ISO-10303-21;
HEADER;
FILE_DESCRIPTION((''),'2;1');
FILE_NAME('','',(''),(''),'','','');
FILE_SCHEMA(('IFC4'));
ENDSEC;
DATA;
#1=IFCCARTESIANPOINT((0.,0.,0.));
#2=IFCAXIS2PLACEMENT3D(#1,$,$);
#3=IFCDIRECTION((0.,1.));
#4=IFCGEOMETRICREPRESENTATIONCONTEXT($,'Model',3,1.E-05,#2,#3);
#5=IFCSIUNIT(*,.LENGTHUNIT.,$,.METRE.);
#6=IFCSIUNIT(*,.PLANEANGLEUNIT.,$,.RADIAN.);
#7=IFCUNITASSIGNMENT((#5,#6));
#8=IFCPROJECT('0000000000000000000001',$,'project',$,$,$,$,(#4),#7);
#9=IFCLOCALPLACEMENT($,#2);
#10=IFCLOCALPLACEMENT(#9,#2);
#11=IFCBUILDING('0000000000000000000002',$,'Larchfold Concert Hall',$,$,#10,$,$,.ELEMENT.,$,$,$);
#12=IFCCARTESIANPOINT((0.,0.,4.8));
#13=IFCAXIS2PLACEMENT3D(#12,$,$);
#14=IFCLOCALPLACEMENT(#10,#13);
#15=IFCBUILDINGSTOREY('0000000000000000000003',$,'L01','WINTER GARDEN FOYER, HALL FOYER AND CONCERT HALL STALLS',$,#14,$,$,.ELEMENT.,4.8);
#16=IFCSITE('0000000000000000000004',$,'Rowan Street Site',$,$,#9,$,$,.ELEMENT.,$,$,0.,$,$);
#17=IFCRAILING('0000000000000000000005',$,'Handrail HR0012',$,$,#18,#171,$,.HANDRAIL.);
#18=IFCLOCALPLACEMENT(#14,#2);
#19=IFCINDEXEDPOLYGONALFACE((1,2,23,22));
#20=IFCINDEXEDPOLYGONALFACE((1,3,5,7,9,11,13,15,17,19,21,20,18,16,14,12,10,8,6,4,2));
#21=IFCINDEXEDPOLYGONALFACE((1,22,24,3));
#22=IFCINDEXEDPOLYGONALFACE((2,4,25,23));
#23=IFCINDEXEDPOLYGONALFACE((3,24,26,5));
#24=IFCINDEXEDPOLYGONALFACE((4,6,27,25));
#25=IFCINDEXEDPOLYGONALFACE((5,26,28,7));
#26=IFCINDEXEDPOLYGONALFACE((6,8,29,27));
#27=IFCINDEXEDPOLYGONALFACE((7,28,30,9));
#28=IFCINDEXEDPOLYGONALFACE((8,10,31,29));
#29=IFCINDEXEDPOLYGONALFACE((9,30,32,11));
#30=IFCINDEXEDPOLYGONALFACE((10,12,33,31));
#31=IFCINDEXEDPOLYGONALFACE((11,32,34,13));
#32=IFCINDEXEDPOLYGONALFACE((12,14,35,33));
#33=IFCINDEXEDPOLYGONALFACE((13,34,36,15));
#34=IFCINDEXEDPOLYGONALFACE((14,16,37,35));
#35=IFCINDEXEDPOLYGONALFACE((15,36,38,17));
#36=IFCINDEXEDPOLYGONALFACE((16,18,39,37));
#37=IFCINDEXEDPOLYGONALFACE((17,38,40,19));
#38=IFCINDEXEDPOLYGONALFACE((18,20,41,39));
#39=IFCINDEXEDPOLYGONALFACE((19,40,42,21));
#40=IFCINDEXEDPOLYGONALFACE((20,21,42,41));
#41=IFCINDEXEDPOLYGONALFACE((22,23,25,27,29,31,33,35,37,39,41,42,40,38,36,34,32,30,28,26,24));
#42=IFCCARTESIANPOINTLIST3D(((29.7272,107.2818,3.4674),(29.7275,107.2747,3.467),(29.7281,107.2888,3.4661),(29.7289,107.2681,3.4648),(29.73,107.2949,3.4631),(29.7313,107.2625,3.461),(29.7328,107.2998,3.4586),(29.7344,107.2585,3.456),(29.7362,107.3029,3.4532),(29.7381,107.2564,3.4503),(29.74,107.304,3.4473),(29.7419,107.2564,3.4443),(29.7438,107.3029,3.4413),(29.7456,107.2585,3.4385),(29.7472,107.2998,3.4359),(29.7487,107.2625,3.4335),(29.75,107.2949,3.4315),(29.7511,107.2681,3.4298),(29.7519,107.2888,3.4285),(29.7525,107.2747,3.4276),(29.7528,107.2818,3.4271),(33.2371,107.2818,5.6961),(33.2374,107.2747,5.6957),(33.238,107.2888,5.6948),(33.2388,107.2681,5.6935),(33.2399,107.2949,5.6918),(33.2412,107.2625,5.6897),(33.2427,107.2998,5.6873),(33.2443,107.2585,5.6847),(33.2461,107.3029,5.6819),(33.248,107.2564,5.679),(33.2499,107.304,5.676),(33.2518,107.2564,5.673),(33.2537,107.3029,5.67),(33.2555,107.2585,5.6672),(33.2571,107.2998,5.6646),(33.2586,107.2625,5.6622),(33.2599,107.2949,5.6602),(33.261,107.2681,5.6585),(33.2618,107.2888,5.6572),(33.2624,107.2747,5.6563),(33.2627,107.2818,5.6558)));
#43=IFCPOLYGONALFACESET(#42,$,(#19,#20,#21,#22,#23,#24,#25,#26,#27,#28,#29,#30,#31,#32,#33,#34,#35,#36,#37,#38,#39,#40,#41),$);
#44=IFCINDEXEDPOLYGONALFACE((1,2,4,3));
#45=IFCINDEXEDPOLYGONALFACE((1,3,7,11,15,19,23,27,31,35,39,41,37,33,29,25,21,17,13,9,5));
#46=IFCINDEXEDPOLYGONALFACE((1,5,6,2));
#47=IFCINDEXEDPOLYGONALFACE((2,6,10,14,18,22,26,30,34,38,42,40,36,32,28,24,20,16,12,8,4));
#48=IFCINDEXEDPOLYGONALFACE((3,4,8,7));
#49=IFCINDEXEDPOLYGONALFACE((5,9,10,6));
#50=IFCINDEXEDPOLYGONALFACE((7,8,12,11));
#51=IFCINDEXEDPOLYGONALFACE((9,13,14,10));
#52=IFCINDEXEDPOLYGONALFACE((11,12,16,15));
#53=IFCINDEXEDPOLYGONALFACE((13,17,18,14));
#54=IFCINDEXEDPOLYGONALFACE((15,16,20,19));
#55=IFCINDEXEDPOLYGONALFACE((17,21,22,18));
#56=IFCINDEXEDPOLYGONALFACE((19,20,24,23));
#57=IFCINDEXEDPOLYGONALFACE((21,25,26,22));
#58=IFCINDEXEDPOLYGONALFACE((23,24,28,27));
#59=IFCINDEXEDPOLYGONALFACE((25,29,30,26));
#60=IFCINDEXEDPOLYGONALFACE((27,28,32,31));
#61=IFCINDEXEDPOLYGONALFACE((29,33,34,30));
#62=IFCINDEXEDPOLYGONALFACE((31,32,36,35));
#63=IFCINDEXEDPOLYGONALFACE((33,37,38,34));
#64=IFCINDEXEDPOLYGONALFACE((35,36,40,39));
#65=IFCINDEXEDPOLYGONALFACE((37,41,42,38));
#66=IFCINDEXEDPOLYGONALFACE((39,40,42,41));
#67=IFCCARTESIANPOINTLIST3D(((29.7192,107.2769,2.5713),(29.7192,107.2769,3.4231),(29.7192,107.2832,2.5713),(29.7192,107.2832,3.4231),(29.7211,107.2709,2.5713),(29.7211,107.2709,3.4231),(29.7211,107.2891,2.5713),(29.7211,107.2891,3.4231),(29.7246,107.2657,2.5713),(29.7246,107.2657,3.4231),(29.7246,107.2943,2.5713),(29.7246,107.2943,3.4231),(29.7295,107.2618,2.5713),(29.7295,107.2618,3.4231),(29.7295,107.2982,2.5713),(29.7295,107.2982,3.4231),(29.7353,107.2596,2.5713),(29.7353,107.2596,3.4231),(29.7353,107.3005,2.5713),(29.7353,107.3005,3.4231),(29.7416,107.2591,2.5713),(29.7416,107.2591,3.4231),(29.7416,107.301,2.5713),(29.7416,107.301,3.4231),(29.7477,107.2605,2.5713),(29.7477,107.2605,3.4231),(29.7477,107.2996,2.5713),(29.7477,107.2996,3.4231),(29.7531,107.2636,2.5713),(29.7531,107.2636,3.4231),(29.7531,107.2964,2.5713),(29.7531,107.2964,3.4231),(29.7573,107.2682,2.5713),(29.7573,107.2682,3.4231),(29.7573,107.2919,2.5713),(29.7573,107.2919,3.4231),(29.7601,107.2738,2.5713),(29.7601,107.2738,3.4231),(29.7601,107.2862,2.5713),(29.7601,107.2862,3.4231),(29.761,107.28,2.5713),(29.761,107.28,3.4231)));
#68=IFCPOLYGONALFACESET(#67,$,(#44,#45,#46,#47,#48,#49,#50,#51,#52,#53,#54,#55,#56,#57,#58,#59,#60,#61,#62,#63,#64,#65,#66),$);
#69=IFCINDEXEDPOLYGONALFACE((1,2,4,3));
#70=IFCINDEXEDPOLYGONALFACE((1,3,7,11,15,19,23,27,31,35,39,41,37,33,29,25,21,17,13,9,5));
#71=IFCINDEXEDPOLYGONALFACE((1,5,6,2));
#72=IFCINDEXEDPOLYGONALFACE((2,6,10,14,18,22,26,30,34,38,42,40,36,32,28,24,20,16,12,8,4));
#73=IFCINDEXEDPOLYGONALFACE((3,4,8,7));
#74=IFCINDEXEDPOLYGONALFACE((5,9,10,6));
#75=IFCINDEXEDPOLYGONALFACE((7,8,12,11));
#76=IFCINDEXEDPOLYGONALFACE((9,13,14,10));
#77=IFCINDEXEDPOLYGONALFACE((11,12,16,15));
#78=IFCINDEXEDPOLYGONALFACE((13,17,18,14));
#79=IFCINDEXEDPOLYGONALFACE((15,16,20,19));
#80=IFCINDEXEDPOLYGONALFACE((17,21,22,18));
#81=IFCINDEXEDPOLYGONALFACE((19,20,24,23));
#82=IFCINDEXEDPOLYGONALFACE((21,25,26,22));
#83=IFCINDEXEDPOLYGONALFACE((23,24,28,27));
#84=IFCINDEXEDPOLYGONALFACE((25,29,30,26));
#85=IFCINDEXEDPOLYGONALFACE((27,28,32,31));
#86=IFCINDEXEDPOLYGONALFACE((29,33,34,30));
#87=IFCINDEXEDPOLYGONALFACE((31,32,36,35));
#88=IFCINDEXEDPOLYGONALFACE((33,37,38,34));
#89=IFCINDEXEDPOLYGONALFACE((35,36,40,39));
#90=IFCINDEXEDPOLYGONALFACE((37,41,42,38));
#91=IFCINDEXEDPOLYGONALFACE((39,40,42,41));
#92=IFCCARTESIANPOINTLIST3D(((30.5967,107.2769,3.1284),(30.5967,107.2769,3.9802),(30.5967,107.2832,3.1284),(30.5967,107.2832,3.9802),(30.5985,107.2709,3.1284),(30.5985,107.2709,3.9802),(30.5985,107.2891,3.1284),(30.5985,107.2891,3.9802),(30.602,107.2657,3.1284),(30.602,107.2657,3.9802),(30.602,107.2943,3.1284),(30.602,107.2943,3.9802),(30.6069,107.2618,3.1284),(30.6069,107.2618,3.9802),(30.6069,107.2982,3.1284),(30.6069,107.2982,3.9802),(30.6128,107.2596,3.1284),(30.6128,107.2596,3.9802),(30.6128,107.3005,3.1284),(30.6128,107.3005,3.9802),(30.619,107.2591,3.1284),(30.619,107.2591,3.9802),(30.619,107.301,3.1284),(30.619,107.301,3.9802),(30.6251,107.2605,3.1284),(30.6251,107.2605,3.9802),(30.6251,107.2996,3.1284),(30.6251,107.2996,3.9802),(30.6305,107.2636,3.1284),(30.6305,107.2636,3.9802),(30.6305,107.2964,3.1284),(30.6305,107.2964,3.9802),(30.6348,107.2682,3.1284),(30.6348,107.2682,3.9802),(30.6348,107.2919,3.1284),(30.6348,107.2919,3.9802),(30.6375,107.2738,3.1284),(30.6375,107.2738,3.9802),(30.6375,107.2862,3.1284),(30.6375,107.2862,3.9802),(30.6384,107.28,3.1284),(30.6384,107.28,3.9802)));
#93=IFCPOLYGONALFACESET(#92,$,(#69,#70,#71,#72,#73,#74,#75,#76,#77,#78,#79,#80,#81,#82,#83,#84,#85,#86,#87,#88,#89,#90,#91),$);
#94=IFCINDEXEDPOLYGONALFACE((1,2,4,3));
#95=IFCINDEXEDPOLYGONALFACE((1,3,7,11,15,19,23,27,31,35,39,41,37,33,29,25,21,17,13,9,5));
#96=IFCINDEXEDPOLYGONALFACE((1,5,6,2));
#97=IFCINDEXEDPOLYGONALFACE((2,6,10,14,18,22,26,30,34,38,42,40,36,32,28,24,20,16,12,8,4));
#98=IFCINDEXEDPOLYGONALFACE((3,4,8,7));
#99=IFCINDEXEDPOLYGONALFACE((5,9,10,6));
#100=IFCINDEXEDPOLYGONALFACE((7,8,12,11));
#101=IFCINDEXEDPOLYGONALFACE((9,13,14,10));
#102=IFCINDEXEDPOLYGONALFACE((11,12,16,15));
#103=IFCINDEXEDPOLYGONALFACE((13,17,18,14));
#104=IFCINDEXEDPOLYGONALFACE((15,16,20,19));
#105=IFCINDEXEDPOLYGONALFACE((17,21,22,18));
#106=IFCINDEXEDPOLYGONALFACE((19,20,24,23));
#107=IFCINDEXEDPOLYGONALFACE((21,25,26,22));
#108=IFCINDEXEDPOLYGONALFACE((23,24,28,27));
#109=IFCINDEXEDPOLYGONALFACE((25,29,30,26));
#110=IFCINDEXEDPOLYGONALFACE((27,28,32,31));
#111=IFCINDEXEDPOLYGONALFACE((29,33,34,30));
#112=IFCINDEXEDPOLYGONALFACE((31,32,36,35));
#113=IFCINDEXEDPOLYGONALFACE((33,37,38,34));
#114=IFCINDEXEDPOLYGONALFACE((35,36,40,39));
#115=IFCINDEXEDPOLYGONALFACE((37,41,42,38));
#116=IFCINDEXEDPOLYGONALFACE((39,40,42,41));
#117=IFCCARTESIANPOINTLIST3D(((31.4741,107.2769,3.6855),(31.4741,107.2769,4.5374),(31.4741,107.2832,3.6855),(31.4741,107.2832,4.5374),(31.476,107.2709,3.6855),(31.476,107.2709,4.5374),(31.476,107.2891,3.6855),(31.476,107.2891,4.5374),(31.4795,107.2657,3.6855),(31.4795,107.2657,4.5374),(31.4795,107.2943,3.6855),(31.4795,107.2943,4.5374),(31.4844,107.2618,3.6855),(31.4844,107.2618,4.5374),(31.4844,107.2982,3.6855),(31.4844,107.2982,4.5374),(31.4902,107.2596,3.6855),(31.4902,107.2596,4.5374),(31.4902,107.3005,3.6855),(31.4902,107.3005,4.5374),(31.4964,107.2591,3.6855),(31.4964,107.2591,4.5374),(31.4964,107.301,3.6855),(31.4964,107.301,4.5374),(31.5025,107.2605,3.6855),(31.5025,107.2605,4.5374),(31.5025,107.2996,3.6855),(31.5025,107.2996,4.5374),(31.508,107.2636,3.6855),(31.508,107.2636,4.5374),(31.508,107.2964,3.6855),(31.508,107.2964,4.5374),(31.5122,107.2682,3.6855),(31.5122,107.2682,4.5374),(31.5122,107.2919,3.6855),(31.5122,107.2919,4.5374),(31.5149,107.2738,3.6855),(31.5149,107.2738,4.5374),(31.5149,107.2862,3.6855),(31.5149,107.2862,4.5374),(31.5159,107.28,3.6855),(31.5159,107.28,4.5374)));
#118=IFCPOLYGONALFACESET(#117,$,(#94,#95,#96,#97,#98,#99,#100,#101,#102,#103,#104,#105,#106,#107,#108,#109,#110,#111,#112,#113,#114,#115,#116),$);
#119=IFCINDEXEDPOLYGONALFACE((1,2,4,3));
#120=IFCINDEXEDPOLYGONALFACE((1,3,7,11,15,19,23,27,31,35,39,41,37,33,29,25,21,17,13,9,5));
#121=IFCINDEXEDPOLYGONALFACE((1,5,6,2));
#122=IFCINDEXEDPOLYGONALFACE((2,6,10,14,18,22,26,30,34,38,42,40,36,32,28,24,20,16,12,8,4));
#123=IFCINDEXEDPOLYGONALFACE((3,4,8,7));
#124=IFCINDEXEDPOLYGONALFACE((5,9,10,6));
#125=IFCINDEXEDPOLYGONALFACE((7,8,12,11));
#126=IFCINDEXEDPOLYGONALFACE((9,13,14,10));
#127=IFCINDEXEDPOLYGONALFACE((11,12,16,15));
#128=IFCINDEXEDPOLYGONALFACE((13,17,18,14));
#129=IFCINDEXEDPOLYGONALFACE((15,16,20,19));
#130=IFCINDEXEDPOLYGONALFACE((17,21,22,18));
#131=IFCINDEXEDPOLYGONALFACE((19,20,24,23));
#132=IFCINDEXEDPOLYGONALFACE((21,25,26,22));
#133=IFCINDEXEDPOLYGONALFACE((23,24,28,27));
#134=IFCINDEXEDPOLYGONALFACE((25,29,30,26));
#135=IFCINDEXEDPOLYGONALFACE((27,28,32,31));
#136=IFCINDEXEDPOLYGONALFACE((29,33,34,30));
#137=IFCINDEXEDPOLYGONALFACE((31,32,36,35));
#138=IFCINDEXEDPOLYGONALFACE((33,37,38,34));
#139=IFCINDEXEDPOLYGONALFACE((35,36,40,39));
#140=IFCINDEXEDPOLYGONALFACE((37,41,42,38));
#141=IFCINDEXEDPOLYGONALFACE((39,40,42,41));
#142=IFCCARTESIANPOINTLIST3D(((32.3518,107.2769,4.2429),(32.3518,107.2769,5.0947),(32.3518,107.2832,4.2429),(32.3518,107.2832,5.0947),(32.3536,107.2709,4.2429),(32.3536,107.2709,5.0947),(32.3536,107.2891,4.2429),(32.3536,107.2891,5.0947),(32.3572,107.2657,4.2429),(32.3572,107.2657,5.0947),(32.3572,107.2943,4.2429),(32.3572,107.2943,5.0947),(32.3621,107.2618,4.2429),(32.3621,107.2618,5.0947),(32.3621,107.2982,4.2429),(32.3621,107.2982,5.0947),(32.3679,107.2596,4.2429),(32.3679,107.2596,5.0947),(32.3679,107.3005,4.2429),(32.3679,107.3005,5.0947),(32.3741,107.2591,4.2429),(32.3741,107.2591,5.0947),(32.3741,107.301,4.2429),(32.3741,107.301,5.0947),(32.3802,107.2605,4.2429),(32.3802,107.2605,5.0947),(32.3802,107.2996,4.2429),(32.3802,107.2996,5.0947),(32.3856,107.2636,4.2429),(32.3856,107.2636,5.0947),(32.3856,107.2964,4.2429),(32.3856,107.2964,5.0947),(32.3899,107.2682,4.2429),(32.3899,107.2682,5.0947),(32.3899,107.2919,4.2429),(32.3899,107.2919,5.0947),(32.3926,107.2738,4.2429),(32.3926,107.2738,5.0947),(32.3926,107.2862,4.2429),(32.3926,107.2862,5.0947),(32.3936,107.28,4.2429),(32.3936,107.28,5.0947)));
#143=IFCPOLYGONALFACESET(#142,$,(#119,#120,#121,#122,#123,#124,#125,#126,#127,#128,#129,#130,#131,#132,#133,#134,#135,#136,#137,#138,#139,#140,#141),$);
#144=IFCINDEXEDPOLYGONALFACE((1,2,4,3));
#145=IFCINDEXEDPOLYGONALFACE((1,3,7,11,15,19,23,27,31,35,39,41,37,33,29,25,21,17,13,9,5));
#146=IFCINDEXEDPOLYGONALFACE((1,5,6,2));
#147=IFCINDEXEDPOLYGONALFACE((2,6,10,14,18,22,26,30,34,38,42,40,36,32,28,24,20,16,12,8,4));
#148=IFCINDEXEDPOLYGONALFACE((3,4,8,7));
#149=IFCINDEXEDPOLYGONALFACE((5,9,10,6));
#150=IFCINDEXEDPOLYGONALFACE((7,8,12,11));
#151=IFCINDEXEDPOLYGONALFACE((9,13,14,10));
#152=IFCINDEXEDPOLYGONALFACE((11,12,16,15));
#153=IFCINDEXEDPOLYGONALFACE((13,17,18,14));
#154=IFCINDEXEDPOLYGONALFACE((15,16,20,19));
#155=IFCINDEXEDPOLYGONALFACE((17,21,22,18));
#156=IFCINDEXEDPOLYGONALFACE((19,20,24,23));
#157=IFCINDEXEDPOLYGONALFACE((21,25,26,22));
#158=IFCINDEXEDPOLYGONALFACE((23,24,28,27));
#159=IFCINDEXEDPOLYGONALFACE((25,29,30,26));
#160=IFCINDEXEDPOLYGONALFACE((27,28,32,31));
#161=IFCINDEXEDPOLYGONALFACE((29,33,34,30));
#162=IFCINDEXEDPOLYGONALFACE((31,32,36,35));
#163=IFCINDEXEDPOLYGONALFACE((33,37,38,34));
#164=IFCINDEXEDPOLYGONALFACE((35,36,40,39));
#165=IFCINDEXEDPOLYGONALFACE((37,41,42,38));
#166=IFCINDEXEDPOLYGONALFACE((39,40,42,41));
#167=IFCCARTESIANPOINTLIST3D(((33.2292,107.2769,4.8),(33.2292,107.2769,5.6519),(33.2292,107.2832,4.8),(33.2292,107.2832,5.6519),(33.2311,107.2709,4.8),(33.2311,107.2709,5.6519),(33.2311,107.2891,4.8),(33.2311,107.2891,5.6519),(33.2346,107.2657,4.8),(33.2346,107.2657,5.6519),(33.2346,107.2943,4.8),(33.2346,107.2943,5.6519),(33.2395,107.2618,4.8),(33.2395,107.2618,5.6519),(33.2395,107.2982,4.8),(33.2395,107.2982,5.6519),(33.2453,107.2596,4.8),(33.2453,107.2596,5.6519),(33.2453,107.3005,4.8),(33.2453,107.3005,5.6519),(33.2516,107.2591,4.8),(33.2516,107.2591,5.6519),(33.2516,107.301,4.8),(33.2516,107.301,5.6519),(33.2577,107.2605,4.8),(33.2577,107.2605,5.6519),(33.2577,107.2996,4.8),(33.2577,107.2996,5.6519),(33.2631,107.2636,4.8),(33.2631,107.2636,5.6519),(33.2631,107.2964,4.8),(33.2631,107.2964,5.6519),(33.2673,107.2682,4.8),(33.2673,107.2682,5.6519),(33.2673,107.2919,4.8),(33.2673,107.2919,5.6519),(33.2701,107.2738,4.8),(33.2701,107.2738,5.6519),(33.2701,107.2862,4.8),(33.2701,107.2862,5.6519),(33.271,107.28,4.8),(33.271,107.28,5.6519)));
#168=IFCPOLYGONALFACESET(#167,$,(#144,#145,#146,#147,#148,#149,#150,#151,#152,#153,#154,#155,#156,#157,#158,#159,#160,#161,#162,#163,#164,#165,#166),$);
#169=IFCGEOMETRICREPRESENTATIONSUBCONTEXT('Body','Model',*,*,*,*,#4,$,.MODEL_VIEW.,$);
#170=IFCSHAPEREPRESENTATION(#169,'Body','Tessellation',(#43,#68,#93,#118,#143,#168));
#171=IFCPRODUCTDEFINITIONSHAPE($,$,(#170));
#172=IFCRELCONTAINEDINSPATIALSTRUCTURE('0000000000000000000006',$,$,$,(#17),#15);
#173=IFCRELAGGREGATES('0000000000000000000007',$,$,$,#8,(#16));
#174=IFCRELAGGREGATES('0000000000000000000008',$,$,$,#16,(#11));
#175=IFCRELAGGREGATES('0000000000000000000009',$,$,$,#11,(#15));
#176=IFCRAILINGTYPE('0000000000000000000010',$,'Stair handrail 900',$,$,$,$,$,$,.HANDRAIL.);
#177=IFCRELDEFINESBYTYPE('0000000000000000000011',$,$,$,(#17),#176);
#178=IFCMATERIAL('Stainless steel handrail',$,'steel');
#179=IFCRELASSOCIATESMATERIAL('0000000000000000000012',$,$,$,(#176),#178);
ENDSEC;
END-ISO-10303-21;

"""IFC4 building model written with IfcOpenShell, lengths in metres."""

from ifc_helpers import new_model, si_unit, direction, frame, origin, origin_2d, place, context, subcontext, project, spatial, circle, extrude, material, type_object, element, save


model = new_model("IFC4")

# Units and contexts
model_context = context("Model", 3, precision=1e-05, world=origin(), true_north=direction((0.0, 1.0)))
body_context = subcontext(model_context, "Body", "Model", "MODEL_VIEW")
ifc_project = project(units=[si_unit("LENGTHUNIT", "METRE"), si_unit("PLANEANGLEUNIT", "RADIAN")], contexts=[model_context])

# Site, building, storey
site_placement = place(None, origin())
site = spatial("IfcSite", under=ifc_project, at=site_placement, Name="Rowan Street Site", CompositionType="ELEMENT", RefElevation=0.0)
building_placement = place(site_placement, origin())
building = spatial("IfcBuilding", under=site, at=building_placement, Name="Larchfold Concert Hall", CompositionType="ELEMENT")
storey_placement = place(building_placement, frame((0.0, 0.0, 4.8)))
storey = spatial("IfcBuildingStorey", under=building, at=storey_placement, Name="L01", Description="WINTER GARDEN FOYER, HALL FOYER AND CONCERT HALL STALLS", CompositionType="ELEMENT", Elevation=4.8)

# Railing
ifc_material_1 = material(Name="Stainless steel handrail", Category="steel")
railing_type_1 = type_object("IfcRailingType", Name="Stair handrail 900", PredefinedType="HANDRAIL", material=ifc_material_1)
railing_1_placement = place(storey_placement, frame((29.74, 107.28, 2.5713)))
element("IfcRailing", 1, at=railing_1_placement, inside=storey, type_object=railing_type_1, Name="Handrail HR0012", PredefinedType="HANDRAIL", context=body_context, shape_type="SweptSolid", body=[
    extrude(circle(Radius=0.0239, at=origin_2d()), frame((0.0, 0.0, 0.876), z_axis=(0.844193, 0.0, 0.536039), x_axis=(0.0, 1.0, 0.0)), (0.0, 0.0, 1.0), 4.1577),
    extrude(circle(Radius=0.021, at=origin_2d()), origin(), (0.0, 0.0, 1.0), 0.8518),
    extrude(circle(Radius=0.021, at=origin_2d()), frame((0.8774, 0.0, 0.5571)), (0.0, 0.0, 1.0), 0.8518),
    extrude(circle(Radius=0.021, at=origin_2d()), frame((1.7549, 0.0, 1.1143)), (0.0, 0.0, 1.0), 0.8518),
    extrude(circle(Radius=0.021, at=origin_2d()), frame((2.6326, 0.0, 1.6716)), (0.0, 0.0, 1.0), 0.8518),
    extrude(circle(Radius=0.021, at=origin_2d()), frame((3.51, 0.0, 2.2288)), (0.0, 0.0, 1.0), 0.8518),
])

save(model, "model.ifc")
